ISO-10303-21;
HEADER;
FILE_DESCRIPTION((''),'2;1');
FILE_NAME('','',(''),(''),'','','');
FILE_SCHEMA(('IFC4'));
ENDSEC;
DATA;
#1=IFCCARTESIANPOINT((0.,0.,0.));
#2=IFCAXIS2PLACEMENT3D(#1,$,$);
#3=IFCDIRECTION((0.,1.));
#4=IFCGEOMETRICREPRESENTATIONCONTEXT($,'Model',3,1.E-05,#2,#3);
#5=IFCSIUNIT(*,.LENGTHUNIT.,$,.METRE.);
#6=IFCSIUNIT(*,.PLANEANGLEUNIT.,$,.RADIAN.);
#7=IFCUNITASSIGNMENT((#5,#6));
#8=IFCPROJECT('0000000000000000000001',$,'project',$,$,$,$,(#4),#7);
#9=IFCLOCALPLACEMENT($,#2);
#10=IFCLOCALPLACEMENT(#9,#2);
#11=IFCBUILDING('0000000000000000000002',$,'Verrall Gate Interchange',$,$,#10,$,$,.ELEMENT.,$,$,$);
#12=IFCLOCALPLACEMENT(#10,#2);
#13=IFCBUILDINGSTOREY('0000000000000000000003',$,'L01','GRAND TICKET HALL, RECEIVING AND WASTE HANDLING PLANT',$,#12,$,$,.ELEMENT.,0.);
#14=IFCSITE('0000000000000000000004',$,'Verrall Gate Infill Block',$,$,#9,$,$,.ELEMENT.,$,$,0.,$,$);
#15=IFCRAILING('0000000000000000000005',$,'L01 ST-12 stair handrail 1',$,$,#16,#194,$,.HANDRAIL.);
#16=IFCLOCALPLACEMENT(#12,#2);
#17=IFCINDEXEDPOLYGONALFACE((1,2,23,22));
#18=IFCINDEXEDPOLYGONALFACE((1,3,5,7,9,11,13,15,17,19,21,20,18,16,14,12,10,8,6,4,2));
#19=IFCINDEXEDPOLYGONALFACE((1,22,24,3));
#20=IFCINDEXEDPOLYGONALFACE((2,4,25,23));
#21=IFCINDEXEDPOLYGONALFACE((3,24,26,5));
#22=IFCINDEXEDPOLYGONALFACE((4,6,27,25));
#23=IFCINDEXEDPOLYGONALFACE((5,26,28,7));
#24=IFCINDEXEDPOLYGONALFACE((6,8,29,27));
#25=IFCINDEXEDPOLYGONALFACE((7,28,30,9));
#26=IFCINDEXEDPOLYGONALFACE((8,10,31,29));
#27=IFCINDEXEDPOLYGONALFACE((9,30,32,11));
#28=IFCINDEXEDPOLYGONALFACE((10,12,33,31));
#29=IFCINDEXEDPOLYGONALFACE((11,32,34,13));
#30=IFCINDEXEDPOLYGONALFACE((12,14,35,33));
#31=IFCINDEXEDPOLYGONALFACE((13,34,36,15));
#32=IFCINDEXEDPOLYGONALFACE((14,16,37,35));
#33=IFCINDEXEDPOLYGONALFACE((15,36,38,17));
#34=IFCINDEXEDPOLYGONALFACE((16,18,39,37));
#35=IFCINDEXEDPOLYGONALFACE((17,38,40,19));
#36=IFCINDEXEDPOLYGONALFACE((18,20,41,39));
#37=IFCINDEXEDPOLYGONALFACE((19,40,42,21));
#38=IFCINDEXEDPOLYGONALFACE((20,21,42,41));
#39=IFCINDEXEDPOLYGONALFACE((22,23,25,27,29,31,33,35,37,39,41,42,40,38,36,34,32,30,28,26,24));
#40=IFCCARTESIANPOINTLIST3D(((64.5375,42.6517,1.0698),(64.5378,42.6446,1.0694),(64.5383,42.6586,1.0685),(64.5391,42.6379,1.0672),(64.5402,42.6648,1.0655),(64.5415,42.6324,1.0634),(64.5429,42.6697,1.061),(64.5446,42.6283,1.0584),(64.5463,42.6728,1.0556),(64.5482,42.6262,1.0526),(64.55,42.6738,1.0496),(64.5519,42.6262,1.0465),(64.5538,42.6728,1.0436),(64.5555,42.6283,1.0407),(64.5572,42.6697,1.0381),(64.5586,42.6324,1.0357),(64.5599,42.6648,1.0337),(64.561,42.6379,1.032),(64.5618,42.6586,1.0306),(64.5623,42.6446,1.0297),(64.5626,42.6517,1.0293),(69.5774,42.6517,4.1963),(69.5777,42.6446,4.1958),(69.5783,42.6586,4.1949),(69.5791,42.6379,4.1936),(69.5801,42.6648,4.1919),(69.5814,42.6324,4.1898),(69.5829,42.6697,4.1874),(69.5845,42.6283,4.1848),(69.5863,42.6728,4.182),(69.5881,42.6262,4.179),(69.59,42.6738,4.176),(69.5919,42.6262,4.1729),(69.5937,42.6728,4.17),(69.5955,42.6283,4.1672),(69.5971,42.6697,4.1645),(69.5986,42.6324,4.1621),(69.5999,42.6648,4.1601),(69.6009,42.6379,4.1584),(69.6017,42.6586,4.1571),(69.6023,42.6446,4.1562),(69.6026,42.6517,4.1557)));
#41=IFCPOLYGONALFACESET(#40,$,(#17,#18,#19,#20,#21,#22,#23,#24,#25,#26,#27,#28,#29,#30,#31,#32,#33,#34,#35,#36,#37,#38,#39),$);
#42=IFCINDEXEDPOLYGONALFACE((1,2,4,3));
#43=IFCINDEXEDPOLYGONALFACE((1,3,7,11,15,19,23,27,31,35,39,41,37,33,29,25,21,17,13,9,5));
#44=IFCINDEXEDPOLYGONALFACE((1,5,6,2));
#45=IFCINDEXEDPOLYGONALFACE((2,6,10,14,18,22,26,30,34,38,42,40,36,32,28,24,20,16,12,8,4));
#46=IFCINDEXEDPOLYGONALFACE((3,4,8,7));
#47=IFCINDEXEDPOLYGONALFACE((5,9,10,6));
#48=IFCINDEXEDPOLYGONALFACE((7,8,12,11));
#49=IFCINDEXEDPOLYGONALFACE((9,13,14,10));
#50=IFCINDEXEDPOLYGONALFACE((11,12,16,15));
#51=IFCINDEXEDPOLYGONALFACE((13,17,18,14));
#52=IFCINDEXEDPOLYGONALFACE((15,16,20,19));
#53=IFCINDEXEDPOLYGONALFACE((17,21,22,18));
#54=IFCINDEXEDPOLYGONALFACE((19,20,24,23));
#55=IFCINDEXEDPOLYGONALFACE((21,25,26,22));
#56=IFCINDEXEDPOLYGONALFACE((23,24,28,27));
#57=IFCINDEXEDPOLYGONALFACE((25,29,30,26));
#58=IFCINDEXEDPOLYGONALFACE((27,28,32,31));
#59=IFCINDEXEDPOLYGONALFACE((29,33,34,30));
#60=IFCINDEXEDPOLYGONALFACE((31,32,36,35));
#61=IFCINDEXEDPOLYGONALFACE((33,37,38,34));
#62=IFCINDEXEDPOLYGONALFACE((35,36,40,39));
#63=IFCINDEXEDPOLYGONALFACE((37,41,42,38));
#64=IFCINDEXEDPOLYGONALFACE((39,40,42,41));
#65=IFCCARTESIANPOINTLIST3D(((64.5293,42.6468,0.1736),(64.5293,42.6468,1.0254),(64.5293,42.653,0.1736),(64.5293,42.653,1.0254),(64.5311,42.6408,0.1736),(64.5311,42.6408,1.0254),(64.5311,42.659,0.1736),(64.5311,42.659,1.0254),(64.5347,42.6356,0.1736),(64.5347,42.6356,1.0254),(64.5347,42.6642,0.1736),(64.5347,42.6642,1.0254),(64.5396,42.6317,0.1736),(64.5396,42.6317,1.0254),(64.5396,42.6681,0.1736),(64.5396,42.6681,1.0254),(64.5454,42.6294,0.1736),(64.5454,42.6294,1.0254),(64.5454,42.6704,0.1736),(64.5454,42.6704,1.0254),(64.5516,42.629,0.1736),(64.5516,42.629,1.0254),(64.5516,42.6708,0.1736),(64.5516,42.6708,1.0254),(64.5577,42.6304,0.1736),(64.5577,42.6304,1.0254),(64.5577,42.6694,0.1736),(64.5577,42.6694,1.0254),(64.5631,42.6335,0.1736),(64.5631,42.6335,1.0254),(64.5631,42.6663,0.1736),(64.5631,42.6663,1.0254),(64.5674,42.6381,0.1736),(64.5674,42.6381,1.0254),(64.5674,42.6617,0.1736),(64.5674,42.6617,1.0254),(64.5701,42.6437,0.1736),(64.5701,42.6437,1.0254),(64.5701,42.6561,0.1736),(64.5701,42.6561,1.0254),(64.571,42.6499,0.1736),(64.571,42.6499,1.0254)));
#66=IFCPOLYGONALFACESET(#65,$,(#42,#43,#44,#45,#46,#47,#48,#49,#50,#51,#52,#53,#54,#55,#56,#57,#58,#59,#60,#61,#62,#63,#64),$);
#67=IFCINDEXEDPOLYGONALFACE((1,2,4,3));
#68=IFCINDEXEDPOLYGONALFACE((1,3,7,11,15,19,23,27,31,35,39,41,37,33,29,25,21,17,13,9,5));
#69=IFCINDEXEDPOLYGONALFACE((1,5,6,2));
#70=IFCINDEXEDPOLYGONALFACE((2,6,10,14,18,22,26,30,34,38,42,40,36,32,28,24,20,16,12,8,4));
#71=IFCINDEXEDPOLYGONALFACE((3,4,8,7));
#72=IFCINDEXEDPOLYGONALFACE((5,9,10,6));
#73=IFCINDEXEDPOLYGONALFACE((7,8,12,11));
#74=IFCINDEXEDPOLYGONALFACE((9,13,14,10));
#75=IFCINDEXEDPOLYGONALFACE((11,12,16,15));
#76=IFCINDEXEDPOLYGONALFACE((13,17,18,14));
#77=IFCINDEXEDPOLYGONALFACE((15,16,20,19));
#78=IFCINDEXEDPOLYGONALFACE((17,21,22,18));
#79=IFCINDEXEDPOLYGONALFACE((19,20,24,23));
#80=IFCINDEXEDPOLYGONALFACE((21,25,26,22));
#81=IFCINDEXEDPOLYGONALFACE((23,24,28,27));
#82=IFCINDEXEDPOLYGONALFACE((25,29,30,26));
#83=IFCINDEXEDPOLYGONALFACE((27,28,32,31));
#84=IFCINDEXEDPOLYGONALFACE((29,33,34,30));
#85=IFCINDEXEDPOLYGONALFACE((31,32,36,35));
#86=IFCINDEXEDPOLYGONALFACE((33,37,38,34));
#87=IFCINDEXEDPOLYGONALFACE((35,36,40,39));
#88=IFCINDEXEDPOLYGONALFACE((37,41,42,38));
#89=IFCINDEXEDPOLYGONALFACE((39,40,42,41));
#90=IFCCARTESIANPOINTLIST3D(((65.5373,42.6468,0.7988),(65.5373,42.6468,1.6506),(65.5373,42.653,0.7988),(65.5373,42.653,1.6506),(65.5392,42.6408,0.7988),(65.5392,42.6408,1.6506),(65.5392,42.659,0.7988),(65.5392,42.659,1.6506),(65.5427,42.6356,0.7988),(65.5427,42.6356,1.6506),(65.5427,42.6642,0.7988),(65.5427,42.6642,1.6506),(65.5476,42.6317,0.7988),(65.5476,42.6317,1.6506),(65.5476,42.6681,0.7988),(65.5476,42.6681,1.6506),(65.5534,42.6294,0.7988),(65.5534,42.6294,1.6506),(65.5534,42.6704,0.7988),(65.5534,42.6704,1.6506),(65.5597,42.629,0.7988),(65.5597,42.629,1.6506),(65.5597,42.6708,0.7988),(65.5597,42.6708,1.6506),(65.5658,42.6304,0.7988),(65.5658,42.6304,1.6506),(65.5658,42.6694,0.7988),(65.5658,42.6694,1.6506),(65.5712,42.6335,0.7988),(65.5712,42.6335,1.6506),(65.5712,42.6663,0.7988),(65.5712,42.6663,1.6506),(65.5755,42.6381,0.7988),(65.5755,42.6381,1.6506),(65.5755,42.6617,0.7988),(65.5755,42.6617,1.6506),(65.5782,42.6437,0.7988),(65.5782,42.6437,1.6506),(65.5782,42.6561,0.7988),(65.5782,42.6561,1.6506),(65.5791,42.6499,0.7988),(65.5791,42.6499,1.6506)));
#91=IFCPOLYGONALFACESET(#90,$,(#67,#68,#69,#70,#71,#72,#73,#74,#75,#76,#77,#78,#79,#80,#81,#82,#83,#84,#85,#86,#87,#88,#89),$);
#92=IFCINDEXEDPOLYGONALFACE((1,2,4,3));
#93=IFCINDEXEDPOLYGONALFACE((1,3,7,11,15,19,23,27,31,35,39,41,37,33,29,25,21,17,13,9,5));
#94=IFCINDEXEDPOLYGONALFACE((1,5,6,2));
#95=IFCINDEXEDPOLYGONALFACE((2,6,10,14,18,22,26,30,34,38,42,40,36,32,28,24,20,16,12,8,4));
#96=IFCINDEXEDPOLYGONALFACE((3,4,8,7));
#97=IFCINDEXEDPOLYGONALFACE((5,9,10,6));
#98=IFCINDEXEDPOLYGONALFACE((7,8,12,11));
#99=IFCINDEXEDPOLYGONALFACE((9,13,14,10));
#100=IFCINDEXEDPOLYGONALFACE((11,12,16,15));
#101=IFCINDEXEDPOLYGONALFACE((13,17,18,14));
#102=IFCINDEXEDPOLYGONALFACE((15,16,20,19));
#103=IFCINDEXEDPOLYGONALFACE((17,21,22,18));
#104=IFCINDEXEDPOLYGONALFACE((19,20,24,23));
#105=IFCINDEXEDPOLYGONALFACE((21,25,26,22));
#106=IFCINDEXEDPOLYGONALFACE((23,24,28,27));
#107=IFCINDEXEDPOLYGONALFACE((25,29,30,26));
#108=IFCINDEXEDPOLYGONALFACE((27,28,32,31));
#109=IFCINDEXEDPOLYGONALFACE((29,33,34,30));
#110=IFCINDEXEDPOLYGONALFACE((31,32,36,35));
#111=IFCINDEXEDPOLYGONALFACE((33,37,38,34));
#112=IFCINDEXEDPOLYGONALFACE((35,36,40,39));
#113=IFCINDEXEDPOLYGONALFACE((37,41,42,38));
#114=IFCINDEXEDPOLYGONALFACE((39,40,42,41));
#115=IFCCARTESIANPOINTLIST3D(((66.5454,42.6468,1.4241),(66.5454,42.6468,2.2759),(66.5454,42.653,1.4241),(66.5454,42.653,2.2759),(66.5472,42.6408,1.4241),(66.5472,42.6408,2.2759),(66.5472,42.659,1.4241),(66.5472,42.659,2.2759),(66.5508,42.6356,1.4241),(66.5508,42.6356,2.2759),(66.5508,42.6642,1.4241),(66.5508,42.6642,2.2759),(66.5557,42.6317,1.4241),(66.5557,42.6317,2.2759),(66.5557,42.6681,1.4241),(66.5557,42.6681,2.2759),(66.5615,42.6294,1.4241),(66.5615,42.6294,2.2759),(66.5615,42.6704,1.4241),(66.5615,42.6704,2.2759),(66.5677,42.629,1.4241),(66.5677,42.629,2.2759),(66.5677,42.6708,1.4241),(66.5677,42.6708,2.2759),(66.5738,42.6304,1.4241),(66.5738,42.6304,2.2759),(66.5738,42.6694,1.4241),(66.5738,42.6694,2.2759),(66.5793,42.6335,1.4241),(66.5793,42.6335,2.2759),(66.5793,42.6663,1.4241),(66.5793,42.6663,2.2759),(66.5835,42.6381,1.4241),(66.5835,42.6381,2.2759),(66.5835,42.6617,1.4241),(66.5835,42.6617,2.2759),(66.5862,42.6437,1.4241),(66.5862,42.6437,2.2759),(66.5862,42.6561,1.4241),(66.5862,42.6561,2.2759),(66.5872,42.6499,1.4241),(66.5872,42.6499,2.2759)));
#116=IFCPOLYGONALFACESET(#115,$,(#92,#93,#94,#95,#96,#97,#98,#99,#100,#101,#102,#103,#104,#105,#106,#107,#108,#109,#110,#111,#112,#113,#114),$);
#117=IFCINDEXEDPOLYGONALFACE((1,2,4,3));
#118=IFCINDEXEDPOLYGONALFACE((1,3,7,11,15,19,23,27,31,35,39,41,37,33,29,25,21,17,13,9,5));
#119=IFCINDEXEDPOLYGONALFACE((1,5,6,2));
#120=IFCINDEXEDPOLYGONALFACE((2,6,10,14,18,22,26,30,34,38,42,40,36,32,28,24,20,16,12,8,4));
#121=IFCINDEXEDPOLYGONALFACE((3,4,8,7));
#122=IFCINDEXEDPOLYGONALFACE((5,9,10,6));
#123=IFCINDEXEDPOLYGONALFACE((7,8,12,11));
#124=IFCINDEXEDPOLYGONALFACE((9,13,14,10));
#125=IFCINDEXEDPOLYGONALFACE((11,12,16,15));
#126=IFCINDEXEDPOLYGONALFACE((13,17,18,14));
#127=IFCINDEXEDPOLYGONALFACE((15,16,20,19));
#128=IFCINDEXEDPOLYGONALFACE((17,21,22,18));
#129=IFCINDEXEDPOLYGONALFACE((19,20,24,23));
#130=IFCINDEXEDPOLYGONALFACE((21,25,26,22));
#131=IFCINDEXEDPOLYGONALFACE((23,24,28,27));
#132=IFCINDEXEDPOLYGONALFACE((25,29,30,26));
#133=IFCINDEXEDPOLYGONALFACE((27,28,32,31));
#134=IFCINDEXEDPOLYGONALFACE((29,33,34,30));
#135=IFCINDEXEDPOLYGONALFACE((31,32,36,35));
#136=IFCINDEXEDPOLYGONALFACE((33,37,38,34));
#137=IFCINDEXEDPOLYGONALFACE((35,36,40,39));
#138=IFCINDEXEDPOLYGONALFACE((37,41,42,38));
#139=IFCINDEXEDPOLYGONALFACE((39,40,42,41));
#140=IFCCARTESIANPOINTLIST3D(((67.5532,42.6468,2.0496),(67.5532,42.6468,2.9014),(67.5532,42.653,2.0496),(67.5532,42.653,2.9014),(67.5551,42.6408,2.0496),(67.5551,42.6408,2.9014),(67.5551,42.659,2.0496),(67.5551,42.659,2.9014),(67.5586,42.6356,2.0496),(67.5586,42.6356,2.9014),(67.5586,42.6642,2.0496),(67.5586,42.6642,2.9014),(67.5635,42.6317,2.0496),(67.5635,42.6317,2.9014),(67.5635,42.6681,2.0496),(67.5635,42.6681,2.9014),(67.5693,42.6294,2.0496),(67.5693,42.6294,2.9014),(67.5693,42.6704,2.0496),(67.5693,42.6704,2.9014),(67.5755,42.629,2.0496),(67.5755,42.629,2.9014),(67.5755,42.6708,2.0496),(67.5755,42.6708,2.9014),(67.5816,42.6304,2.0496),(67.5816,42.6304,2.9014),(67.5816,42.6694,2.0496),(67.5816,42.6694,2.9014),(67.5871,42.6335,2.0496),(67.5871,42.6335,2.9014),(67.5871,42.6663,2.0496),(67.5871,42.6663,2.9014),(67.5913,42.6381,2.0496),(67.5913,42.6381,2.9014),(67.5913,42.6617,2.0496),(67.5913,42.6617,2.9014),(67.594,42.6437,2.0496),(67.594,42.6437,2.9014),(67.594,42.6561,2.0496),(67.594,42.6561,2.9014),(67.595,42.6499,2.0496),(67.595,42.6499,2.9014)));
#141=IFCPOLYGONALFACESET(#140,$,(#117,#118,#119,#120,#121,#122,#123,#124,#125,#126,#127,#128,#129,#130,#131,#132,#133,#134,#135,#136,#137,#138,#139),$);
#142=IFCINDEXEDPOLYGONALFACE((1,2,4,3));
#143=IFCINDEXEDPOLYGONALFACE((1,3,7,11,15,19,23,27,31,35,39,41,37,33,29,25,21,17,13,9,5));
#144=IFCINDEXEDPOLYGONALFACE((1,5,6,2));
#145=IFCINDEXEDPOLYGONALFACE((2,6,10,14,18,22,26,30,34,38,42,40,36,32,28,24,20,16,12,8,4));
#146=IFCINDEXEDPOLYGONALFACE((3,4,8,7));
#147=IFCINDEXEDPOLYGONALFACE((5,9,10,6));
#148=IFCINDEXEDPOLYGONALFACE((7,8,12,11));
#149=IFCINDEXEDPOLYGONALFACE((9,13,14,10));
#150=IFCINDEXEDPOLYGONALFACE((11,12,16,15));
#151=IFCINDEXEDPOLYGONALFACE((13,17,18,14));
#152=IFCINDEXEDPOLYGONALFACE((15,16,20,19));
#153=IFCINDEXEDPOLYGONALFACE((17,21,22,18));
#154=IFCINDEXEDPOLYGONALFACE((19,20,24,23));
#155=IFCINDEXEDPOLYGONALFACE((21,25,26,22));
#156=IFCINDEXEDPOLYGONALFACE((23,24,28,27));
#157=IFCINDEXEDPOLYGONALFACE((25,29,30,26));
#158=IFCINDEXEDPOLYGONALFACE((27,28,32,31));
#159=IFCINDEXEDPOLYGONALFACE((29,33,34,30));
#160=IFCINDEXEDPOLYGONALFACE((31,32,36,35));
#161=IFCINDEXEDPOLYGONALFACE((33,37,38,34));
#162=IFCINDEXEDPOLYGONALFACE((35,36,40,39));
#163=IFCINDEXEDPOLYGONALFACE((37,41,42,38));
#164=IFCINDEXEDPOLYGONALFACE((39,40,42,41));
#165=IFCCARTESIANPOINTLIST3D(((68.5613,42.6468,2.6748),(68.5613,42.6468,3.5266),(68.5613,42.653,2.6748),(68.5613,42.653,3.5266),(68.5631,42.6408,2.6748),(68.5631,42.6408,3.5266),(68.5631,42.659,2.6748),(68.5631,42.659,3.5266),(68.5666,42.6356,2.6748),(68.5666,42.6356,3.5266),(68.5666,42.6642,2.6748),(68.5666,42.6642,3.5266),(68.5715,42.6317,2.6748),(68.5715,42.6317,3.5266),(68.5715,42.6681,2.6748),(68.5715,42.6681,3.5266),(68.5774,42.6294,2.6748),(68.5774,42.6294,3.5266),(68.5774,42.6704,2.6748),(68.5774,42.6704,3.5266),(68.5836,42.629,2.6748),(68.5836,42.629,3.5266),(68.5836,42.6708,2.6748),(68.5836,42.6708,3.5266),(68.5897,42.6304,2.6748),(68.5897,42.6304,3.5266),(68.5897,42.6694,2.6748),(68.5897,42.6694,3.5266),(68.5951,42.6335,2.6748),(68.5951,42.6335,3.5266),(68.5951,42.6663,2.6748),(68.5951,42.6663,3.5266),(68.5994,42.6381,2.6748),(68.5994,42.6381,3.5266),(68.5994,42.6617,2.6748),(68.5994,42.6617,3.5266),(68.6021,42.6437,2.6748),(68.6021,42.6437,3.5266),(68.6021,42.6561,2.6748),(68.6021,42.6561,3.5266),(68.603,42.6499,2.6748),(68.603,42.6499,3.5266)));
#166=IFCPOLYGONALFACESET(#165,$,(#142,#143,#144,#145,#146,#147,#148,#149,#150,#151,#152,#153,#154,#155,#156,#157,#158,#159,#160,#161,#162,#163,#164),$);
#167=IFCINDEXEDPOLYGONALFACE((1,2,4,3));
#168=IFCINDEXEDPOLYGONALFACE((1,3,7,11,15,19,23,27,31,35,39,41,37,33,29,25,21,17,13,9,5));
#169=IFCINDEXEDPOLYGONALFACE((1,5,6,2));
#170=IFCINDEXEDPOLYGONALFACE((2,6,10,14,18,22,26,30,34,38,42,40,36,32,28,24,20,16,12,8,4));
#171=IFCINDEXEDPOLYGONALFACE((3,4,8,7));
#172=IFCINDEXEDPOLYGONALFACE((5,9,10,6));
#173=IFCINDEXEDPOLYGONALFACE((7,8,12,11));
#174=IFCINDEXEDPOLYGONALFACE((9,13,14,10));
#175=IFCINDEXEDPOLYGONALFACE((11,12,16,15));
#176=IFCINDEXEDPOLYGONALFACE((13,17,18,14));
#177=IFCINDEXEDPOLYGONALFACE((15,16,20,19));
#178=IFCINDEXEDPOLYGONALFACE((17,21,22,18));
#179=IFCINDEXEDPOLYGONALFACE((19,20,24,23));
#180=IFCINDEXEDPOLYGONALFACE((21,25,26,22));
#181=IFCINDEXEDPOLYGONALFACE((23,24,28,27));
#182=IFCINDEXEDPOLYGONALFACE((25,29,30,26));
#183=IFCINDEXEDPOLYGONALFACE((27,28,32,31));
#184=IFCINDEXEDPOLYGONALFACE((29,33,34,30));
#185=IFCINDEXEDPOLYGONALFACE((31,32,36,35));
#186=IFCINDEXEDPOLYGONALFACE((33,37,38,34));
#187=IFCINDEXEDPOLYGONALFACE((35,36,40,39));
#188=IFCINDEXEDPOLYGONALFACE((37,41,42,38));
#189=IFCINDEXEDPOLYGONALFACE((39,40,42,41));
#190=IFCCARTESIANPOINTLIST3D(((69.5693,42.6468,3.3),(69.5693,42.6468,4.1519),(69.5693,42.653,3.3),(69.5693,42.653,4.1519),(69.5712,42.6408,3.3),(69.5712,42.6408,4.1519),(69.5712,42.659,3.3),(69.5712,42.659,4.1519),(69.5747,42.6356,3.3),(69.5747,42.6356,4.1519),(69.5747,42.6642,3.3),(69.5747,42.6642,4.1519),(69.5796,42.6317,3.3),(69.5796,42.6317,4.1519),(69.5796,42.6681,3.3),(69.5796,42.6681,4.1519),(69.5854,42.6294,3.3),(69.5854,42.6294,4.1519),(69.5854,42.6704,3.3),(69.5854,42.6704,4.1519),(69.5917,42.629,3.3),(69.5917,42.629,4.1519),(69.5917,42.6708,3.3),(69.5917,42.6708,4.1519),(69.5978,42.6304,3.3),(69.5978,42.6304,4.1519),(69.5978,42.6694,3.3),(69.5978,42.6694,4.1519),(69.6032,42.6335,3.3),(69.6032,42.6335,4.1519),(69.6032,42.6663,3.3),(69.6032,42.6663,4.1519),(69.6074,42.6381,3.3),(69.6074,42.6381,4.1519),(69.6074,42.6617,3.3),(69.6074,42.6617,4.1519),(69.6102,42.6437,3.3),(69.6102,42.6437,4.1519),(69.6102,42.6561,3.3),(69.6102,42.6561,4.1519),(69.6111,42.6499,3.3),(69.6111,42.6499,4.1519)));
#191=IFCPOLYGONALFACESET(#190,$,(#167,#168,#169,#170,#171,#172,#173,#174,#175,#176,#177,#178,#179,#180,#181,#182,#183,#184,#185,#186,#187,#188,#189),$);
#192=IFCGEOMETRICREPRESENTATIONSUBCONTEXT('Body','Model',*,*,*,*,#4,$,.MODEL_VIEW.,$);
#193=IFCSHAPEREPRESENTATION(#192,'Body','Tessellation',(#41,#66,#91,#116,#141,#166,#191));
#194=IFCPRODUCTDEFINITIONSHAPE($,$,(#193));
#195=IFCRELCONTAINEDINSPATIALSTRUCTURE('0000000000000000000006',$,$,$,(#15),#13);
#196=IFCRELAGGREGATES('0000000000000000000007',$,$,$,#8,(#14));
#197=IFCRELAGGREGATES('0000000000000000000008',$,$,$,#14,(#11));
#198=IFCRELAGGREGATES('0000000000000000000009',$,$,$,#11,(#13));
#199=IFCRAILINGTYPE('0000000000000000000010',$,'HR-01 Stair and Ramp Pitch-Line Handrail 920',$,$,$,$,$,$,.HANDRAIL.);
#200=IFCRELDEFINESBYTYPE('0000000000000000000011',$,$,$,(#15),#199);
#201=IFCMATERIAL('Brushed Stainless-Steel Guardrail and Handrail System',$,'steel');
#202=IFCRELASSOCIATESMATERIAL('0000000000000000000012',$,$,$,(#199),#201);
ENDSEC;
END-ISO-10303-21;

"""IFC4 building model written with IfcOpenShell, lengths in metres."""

from ifc_helpers import new_model, si_unit, direction, frame, origin, origin_2d, place, context, subcontext, project, spatial, circle, extrude, material, type_object, element, save


model = new_model("IFC4")

# Units and contexts
model_context = context("Model", 3, precision=1e-05, world=origin(), true_north=direction((0.0, 1.0)))
body_context = subcontext(model_context, "Body", "Model", "MODEL_VIEW")
ifc_project = project(units=[si_unit("LENGTHUNIT", "METRE"), si_unit("PLANEANGLEUNIT", "RADIAN")], contexts=[model_context])

# Site, building, storey
site_placement = place(None, origin())
site = spatial("IfcSite", under=ifc_project, at=site_placement, Name="Verrall Gate Infill Block", CompositionType="ELEMENT", RefElevation=0.0)
building_placement = place(site_placement, origin())
building = spatial("IfcBuilding", under=site, at=building_placement, Name="Verrall Gate Interchange", CompositionType="ELEMENT")
storey_placement = place(building_placement, origin())
storey = spatial("IfcBuildingStorey", under=building, at=storey_placement, Name="L01", Description="GRAND TICKET HALL, RECEIVING AND WASTE HANDLING PLANT", CompositionType="ELEMENT", Elevation=0.0)

# Railing
ifc_material_1 = material(Name="Brushed Stainless-Steel Guardrail and Handrail System", Category="steel")
railing_type_1 = type_object("IfcRailingType", Name="HR-01 Stair and Ramp Pitch-Line Handrail 920", PredefinedType="HANDRAIL", material=ifc_material_1)
railing_1_placement = place(storey_placement, frame((64.55, 42.6499, 0.1736)))
element("IfcRailing", 1, at=railing_1_placement, inside=storey, type_object=railing_type_1, Name="L01 ST-12 stair handrail 1", PredefinedType="HANDRAIL", context=body_context, shape_type="SweptSolid", body=[
    extrude(circle(Radius=0.0239, at=origin_2d()), frame((0.0, 0.0, 0.876), z_axis=(0.849779, 0.0, 0.527139), x_axis=(0.0, 1.0, 0.0)), (0.0, 0.0, 1.0), 5.9309),
    extrude(circle(Radius=0.021, at=origin_2d()), origin(), (0.0, 0.0, 1.0), 0.8518),
    extrude(circle(Radius=0.021, at=origin_2d()), frame((1.0081, 0.0, 0.6252)), (0.0, 0.0, 1.0), 0.8518),
    extrude(circle(Radius=0.021, at=origin_2d()), frame((2.0161, 0.0, 1.2505)), (0.0, 0.0, 1.0), 0.8518),
    extrude(circle(Radius=0.021, at=origin_2d()), frame((3.0239, 0.0, 1.876)), (0.0, 0.0, 1.0), 0.8518),
    extrude(circle(Radius=0.021, at=origin_2d()), frame((4.032, 0.0, 2.5012)), (0.0, 0.0, 1.0), 0.8518),
    extrude(circle(Radius=0.021, at=origin_2d()), frame((5.04, 0.0, 3.1265)), (0.0, 0.0, 1.0), 0.8518),
])

save(model, "model.ifc")
